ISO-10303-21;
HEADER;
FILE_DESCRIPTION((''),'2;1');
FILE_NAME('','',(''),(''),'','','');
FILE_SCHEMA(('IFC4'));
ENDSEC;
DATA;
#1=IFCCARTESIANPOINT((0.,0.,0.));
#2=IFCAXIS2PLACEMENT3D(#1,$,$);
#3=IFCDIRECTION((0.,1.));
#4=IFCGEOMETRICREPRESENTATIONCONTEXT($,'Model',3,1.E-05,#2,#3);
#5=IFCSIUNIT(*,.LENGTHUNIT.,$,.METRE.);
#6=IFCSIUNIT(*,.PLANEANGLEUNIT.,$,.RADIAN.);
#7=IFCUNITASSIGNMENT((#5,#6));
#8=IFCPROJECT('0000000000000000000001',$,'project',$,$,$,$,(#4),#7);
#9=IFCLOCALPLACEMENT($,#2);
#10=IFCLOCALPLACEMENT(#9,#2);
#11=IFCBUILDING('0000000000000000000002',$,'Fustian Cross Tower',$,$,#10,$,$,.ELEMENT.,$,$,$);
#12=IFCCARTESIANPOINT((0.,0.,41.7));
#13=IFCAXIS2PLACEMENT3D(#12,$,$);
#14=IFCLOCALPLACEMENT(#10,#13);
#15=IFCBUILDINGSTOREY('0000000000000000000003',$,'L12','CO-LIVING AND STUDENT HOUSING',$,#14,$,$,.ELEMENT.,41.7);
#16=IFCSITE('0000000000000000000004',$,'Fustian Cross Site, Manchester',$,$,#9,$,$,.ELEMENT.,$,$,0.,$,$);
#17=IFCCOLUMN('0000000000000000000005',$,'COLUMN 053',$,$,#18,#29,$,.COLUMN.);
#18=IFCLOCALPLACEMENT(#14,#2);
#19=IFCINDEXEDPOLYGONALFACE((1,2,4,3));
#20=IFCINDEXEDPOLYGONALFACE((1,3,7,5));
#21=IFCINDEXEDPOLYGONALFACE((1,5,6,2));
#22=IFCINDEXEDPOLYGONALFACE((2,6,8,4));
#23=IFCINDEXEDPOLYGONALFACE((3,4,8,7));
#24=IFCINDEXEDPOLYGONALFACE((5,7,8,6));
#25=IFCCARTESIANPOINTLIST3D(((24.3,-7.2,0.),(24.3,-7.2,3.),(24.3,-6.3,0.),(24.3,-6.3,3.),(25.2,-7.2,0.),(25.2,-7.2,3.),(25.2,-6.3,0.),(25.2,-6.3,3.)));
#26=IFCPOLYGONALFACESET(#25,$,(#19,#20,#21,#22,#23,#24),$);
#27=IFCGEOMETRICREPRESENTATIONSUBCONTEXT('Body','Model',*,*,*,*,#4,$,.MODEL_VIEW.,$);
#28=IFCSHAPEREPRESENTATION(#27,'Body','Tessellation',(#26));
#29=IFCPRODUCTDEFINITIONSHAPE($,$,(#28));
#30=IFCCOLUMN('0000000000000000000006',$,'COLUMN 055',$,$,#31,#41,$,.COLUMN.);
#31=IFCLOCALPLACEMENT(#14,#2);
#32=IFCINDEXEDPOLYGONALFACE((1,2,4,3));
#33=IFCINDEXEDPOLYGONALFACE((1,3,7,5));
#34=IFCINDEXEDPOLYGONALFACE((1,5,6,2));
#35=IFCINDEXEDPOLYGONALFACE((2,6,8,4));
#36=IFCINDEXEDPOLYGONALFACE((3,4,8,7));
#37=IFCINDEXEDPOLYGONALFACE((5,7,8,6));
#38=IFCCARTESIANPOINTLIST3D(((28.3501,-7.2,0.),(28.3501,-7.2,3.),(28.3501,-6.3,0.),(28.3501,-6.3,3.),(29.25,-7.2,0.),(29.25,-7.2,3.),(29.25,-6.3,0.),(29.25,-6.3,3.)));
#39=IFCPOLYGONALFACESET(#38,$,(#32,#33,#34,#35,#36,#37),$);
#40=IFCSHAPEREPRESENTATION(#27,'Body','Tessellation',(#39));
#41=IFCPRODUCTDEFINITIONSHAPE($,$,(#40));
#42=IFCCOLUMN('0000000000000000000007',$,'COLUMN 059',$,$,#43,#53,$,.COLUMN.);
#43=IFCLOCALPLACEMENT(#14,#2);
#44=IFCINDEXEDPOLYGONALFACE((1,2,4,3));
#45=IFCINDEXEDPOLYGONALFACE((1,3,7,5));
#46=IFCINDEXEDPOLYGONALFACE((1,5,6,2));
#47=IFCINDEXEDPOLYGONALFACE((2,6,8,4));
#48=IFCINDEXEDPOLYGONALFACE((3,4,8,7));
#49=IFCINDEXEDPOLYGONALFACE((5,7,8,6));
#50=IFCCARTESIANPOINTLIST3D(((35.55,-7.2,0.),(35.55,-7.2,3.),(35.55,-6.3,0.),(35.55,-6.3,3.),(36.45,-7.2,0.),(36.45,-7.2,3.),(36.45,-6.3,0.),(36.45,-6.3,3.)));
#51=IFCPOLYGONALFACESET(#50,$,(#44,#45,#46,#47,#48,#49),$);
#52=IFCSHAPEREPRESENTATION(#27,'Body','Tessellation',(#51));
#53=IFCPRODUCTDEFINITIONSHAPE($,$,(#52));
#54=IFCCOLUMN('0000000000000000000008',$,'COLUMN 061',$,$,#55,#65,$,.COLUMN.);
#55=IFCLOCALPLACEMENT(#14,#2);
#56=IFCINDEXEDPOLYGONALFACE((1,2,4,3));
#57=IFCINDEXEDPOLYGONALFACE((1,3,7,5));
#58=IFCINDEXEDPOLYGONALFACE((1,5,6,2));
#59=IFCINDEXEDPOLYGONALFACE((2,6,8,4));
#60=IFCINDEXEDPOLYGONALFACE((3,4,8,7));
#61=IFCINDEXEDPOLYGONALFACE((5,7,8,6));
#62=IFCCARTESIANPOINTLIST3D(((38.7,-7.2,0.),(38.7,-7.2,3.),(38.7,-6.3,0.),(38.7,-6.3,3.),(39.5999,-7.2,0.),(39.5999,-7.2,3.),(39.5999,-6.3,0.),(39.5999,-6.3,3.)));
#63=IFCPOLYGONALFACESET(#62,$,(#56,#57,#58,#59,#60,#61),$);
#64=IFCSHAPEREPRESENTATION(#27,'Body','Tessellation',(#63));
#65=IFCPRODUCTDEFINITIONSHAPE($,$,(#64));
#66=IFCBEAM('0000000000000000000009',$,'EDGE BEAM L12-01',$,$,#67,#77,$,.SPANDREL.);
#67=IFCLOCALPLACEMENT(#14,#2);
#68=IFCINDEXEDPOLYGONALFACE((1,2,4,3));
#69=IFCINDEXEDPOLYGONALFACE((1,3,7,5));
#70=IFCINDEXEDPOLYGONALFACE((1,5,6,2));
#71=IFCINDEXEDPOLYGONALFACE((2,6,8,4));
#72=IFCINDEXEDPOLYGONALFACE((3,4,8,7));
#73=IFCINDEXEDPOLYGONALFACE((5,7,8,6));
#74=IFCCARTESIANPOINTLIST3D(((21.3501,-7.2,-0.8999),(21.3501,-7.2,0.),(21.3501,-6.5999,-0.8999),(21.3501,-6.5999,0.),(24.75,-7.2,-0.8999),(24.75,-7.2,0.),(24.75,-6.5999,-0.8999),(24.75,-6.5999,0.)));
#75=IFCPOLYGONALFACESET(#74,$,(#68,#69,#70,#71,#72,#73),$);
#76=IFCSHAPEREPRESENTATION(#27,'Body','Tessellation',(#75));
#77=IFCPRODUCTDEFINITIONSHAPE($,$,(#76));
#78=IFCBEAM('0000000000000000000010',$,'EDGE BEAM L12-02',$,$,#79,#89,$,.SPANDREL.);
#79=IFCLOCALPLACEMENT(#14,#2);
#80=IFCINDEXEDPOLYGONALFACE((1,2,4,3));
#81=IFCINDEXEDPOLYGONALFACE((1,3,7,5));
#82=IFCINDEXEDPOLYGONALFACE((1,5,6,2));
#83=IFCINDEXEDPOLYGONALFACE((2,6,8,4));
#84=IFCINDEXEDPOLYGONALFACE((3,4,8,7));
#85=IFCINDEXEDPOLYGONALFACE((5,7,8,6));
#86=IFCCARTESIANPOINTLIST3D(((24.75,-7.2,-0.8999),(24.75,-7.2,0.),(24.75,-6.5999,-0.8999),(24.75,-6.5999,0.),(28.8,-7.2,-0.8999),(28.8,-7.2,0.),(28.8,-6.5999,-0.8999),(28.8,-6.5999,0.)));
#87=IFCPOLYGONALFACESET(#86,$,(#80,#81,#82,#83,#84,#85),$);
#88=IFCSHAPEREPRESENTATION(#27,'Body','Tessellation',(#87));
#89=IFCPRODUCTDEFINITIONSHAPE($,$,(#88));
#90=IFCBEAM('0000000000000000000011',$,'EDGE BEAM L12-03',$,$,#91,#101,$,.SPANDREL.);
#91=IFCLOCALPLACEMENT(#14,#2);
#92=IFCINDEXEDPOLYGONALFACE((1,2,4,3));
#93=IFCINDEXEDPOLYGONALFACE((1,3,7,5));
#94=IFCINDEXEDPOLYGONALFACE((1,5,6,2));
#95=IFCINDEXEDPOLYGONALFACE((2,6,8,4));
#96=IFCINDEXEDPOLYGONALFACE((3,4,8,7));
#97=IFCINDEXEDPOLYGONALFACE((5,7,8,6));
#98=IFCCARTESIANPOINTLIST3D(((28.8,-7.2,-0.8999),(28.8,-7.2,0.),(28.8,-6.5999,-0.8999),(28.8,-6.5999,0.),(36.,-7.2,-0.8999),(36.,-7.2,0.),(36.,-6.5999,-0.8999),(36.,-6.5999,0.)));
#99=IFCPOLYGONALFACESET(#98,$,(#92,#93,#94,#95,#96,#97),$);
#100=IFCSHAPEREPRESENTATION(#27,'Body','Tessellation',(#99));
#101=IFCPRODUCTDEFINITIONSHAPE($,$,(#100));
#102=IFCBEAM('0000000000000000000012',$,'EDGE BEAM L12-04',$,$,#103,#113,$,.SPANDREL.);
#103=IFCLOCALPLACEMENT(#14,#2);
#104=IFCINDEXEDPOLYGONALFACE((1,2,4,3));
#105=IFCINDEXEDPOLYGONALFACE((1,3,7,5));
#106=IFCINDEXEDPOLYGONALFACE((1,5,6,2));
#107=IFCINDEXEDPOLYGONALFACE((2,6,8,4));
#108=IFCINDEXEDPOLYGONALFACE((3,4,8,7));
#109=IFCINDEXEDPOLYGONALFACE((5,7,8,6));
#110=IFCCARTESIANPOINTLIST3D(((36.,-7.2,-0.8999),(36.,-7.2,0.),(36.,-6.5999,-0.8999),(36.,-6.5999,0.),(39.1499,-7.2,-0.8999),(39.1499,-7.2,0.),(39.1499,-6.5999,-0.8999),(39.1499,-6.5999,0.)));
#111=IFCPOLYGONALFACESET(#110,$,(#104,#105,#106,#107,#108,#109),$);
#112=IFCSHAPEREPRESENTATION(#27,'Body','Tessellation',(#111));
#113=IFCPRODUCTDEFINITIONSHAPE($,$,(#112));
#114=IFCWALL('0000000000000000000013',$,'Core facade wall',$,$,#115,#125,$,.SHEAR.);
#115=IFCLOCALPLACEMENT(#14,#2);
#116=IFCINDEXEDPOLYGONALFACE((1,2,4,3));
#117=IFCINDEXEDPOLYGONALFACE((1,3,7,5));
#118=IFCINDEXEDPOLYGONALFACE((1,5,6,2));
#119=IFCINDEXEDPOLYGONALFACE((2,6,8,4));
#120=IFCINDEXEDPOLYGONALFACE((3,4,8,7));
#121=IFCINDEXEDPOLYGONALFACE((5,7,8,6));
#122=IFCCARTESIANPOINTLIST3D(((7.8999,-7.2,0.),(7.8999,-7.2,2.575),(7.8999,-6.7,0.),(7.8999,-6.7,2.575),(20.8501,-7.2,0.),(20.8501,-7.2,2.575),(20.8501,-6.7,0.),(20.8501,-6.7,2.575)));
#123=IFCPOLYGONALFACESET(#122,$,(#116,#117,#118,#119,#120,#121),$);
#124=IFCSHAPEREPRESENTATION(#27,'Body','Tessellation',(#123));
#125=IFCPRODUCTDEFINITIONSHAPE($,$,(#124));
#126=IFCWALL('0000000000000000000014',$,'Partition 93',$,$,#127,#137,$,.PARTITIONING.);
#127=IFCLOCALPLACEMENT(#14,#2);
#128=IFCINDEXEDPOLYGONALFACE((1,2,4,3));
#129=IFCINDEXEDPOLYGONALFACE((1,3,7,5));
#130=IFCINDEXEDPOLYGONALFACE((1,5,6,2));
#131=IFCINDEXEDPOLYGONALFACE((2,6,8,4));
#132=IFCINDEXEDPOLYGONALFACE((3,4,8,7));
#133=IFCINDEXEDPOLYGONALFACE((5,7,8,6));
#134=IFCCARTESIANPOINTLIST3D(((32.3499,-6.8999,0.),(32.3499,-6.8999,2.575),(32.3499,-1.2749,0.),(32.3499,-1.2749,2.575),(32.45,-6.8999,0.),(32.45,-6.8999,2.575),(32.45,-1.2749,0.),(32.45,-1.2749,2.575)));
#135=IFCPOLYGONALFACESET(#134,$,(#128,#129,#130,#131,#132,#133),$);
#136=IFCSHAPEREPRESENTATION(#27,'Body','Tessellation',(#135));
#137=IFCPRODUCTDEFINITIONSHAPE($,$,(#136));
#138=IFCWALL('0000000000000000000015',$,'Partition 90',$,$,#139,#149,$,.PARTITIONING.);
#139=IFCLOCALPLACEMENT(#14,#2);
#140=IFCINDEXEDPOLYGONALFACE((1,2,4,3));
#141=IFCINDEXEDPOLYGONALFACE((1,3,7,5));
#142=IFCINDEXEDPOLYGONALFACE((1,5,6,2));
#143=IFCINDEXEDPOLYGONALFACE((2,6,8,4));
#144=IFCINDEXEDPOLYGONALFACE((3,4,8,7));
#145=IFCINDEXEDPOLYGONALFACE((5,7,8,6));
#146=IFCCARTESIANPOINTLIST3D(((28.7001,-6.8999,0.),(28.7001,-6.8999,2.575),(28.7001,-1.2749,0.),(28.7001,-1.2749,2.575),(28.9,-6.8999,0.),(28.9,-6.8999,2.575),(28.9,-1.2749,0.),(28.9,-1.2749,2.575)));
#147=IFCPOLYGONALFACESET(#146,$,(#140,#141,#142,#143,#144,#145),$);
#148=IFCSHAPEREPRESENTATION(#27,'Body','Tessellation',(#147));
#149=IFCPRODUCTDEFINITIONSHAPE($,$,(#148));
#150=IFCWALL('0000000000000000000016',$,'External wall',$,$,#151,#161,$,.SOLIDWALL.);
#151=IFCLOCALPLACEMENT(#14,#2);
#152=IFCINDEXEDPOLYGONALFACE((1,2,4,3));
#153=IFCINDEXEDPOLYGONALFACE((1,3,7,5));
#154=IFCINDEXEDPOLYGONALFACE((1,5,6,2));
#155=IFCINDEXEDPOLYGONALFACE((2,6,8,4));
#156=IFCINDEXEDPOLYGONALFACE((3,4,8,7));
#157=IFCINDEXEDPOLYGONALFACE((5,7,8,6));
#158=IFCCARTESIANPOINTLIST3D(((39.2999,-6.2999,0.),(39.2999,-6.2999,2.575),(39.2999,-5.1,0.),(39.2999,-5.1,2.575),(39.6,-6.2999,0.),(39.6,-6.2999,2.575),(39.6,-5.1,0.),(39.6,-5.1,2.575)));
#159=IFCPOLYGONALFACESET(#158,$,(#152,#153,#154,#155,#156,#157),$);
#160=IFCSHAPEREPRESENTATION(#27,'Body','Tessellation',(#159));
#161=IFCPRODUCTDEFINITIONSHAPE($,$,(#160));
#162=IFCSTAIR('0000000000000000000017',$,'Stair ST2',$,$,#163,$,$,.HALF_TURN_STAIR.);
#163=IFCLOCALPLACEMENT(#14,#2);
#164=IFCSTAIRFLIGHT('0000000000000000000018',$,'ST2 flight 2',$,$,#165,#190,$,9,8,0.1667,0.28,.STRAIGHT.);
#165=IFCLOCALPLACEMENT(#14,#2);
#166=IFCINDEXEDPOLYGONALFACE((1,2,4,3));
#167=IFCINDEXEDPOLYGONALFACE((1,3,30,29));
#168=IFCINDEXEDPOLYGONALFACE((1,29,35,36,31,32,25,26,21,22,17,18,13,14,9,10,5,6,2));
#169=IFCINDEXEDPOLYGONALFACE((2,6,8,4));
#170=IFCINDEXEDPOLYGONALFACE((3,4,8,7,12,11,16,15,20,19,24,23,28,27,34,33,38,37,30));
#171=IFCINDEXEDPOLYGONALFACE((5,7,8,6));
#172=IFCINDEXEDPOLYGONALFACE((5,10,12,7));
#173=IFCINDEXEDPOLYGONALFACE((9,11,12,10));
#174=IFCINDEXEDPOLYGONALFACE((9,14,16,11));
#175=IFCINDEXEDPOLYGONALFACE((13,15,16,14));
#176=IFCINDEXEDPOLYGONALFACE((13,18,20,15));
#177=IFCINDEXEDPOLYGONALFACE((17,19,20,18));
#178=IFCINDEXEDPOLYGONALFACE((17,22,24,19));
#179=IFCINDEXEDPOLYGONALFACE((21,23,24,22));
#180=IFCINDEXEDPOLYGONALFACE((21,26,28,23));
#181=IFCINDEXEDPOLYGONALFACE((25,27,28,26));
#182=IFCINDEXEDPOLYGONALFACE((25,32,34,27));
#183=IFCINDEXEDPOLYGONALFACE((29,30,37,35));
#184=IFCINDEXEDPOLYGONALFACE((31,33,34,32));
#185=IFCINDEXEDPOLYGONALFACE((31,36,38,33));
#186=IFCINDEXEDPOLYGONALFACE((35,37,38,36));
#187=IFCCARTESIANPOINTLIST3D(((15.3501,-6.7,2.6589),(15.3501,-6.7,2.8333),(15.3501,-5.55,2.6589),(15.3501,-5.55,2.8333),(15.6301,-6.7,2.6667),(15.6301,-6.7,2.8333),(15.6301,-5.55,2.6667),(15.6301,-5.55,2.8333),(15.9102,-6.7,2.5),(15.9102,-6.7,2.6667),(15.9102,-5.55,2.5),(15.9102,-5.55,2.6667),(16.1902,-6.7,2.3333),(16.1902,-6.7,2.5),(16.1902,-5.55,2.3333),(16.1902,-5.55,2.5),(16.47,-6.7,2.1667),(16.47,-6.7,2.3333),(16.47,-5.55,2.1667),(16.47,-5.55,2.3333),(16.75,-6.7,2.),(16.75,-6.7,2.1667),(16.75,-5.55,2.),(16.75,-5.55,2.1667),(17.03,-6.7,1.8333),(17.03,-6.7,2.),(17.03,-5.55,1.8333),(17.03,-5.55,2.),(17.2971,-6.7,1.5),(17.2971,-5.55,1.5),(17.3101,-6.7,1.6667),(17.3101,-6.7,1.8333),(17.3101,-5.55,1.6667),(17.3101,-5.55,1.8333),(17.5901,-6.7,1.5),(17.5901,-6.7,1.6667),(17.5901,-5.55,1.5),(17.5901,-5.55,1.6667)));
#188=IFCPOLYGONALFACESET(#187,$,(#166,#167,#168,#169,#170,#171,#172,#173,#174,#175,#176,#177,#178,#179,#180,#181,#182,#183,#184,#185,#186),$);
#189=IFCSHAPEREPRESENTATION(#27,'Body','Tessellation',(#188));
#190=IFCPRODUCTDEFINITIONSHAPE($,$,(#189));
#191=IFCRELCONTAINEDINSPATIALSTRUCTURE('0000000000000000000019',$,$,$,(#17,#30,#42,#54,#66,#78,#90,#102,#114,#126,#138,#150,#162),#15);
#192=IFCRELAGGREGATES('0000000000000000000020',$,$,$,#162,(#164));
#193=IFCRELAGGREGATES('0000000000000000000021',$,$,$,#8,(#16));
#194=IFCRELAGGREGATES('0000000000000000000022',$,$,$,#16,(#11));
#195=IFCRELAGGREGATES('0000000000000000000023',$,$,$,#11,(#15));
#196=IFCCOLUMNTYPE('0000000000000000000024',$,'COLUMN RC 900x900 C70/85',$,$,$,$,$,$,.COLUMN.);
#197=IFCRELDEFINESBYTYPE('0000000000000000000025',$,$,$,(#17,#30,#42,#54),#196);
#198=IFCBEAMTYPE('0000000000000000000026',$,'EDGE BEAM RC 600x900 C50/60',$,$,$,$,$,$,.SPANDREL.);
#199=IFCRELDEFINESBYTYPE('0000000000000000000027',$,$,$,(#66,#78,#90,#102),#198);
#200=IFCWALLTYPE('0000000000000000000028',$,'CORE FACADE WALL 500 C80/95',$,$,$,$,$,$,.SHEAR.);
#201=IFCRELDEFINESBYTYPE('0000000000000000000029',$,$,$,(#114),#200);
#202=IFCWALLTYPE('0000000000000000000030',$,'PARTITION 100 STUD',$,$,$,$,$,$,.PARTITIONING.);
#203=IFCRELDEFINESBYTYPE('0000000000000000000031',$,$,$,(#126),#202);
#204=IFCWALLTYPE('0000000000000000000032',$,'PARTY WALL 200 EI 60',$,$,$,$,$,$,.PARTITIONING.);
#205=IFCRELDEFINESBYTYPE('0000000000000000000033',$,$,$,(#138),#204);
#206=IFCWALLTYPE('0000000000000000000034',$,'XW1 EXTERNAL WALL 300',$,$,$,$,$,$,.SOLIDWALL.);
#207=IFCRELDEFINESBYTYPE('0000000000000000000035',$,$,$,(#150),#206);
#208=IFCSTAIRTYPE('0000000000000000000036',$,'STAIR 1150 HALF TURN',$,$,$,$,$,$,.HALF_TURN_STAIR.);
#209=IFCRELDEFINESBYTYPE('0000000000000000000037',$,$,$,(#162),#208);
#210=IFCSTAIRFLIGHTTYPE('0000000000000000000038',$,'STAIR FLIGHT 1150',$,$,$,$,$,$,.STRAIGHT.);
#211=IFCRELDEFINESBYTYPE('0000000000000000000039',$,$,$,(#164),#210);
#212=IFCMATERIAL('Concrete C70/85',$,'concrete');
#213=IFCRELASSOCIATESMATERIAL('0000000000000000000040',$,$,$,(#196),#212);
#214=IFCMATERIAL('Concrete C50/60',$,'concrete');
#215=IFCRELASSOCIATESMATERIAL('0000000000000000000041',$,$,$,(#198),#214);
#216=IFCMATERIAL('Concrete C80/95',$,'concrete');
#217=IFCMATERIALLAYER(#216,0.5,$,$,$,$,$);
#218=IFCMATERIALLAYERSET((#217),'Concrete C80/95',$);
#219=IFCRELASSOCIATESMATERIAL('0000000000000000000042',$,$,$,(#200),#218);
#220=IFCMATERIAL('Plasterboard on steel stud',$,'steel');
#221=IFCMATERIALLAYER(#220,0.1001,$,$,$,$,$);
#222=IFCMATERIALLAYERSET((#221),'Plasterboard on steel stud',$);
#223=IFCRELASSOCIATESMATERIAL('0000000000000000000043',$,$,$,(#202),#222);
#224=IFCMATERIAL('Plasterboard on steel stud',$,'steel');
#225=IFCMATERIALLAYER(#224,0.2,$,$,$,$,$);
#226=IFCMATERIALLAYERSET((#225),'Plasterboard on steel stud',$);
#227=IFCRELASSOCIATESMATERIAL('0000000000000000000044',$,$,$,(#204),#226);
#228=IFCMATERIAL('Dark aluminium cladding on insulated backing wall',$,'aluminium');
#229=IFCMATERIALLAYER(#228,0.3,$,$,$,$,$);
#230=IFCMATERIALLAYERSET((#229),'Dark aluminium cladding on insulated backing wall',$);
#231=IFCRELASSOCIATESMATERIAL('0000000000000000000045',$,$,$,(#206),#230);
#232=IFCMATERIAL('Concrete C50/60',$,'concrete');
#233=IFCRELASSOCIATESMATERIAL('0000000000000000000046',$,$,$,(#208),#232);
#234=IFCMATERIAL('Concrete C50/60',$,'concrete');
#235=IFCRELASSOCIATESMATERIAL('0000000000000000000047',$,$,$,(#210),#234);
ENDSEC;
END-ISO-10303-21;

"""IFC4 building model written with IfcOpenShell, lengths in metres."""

from ifc_helpers import new_model, si_unit, direction, frame, frame_2d, origin, origin_2d, place, context, subcontext, project, spatial, polyline, rectangle, outline, extrude, material, layer, layer_set, material_profile, profile_set, type_object, element, aggregate, save


model = new_model("IFC4")

# Units and contexts
model_context = context("Model", 3, precision=1e-05, world=origin(), true_north=direction((0.0, 1.0)))
body_context = subcontext(model_context, "Body", "Model", "MODEL_VIEW")
ifc_project = project(units=[si_unit("LENGTHUNIT", "METRE"), si_unit("PLANEANGLEUNIT", "RADIAN")], contexts=[model_context])

# Site, building, storey
site_placement = place(None, origin())
site = spatial("IfcSite", under=ifc_project, at=site_placement, Name="Fustian Cross Site, Manchester", CompositionType="ELEMENT", RefElevation=0.0)
building_placement = place(site_placement, origin())
building = spatial("IfcBuilding", under=site, at=building_placement, Name="Fustian Cross Tower", CompositionType="ELEMENT")
storey_placement = place(building_placement, frame((0.0, 0.0, 41.7)))
storey = spatial("IfcBuildingStorey", under=building, at=storey_placement, Name="L12", Description="CO-LIVING AND STUDENT HOUSING", CompositionType="ELEMENT", Elevation=41.7)

# Columns
ifc_material_1 = material(Name="Concrete C70/85", Category="concrete")
ifc_material_profile_1 = material_profile(ifc_material_1, rectangle(XDim=0.8999, YDim=0.8999, at=origin_2d()), Name="RC 900x900")
ifc_profile_set_1 = profile_set([ifc_material_profile_1], Name="Concrete C70/85")
column_type = type_object("IfcColumnType", Name="COLUMN RC 900x900 C70/85", PredefinedType="COLUMN", material=ifc_profile_set_1)
for number, where, z_axis, x_axis, name in (
    (1, (24.75, -6.75, 0.0), (0.0, 0.0, 1.0), (1.0, 0.0, 0.0), "COLUMN 053"),
    (2, (28.8, -6.75, 0.0), (0.0, 0.0, 1.0), (1.0, 0.0, 0.0), "COLUMN 055"),
    (3, (36.0, -6.75, 0.0), (0.0, 0.0, 1.0), (1.0, 0.0, 0.0), "COLUMN 059"),
    (4, (39.1499, -6.75, 0.0), (0.0, 0.0, 1.0), (1.0, 0.0, 0.0), "COLUMN 061"),
):
    element("IfcColumn", number, at=place(storey_placement, frame(where, z_axis=z_axis, x_axis=x_axis)), inside=storey, type_object=column_type, Name=name, PredefinedType="COLUMN", context=body_context, shape_type="SweptSolid", body=[
        extrude(rectangle(XDim=0.8999, YDim=0.8999, at=origin_2d()), origin(), (0.0, 0.0, 1.0), 3.0),
    ])

# Beams
ifc_material_2 = material(Name="Concrete C50/60", Category="concrete")
ifc_material_profile_2 = material_profile(ifc_material_2, rectangle(XDim=0.6001, YDim=0.8999, at=origin_2d()), Name="RC 600x900")
ifc_profile_set_2 = profile_set([ifc_material_profile_2], Name="Concrete C50/60")
beam_type = type_object("IfcBeamType", Name="EDGE BEAM RC 600x900 C50/60", PredefinedType="SPANDREL", material=ifc_profile_set_2)
beam_1_placement = place(storey_placement, frame((21.3501, -6.8999, -0.45), z_axis=(1.0, 0.0, 0.0), x_axis=(0.0, 1.0, 0.0)))
element("IfcBeam", 5, at=beam_1_placement, inside=storey, type_object=beam_type, Name="EDGE BEAM L12-01", PredefinedType="SPANDREL", context=body_context, shape_type="SweptSolid", body=[
    extrude(rectangle(XDim=0.6001, YDim=0.8999, at=origin_2d()), origin(), (0.0, 0.0, 1.0), 3.3999),
])
beam_2_placement = place(storey_placement, frame((24.75, -6.8999, -0.45), z_axis=(1.0, 0.0, 0.0), x_axis=(0.0, 1.0, 0.0)))
element("IfcBeam", 6, at=beam_2_placement, inside=storey, type_object=beam_type, Name="EDGE BEAM L12-02", PredefinedType="SPANDREL", context=body_context, shape_type="SweptSolid", body=[
    extrude(rectangle(XDim=0.6001, YDim=0.8999, at=origin_2d()), origin(), (0.0, 0.0, 1.0), 4.05),
])
beam_3_placement = place(storey_placement, frame((28.8, -6.8999, -0.45), z_axis=(1.0, 0.0, 0.0), x_axis=(0.0, 1.0, 0.0)))
element("IfcBeam", 7, at=beam_3_placement, inside=storey, type_object=beam_type, Name="EDGE BEAM L12-03", PredefinedType="SPANDREL", context=body_context, shape_type="SweptSolid", body=[
    extrude(rectangle(XDim=0.6001, YDim=0.8999, at=origin_2d()), origin(), (0.0, 0.0, 1.0), 7.2),
])
beam_4_placement = place(storey_placement, frame((36.0, -6.8999, -0.45), z_axis=(1.0, 0.0, 0.0), x_axis=(0.0, 1.0, 0.0)))
element("IfcBeam", 8, at=beam_4_placement, inside=storey, type_object=beam_type, Name="EDGE BEAM L12-04", PredefinedType="SPANDREL", context=body_context, shape_type="SweptSolid", body=[
    extrude(rectangle(XDim=0.6001, YDim=0.8999, at=origin_2d()), origin(), (0.0, 0.0, 1.0), 3.1499),
])

# Walls
ifc_material_3 = material(Name="Concrete C80/95", Category="concrete")
ifc_layer_1 = layer(ifc_material_3, 0.5)
ifc_layer_set_1 = layer_set([ifc_layer_1], Name="Concrete C80/95")
wall_type_1 = type_object("IfcWallType", Name="CORE FACADE WALL 500 C80/95", PredefinedType="SHEAR", material=ifc_layer_set_1)
wall_1_placement = place(storey_placement, frame((7.8999, -6.95, 0.0), z_axis=(0.0, 0.0, 1.0), x_axis=(1.0, 0.0, 0.0)))
element("IfcWall", 9, at=wall_1_placement, inside=storey, type_object=wall_type_1, Name="Core facade wall", PredefinedType="SHEAR", context=body_context, shape_type="SweptSolid", body=[
    extrude(rectangle(XDim=12.9502, YDim=0.5, at=frame_2d((6.4751, 0.0))), origin(), (0.0, 0.0, 1.0), 2.575),
])
ifc_material_4 = material(Name="Plasterboard on steel stud", Category="steel")
ifc_layer_2 = layer(ifc_material_4, 0.1001)
ifc_layer_set_2 = layer_set([ifc_layer_2], Name="Plasterboard on steel stud")
wall_type_2 = type_object("IfcWallType", Name="PARTITION 100 STUD", PredefinedType="PARTITIONING", material=ifc_layer_set_2)
wall_2_placement = place(storey_placement, frame((32.3999, -6.8999, 0.0), z_axis=(0.0, 0.0, 1.0), x_axis=(0.0, 1.0, 0.0)))
element("IfcWall", 10, at=wall_2_placement, inside=storey, type_object=wall_type_2, Name="Partition 93", PredefinedType="PARTITIONING", context=body_context, shape_type="SweptSolid", body=[
    extrude(rectangle(XDim=5.625, YDim=0.1001, at=frame_2d((2.8125, 0.0))), origin(), (0.0, 0.0, 1.0), 2.575),
])
ifc_material_5 = material(Name="Plasterboard on steel stud", Category="steel")
ifc_layer_3 = layer(ifc_material_5, 0.2)
ifc_layer_set_3 = layer_set([ifc_layer_3], Name="Plasterboard on steel stud")
wall_type_3 = type_object("IfcWallType", Name="PARTY WALL 200 EI 60", PredefinedType="PARTITIONING", material=ifc_layer_set_3)
wall_3_placement = place(storey_placement, frame((28.8, -6.8999, 0.0), z_axis=(0.0, 0.0, 1.0), x_axis=(0.0, 1.0, 0.0)))
element("IfcWall", 11, at=wall_3_placement, inside=storey, type_object=wall_type_3, Name="Partition 90", PredefinedType="PARTITIONING", context=body_context, shape_type="SweptSolid", body=[
    extrude(rectangle(XDim=5.625, YDim=0.2, at=frame_2d((2.8125, 0.0))), origin(), (0.0, 0.0, 1.0), 2.575),
])
ifc_material_6 = material(Name="Dark aluminium cladding on insulated backing wall", Category="aluminium")
ifc_layer_4 = layer(ifc_material_6, 0.3)
ifc_layer_set_4 = layer_set([ifc_layer_4], Name="Dark aluminium cladding on insulated backing wall")
wall_type_4 = type_object("IfcWallType", Name="XW1 EXTERNAL WALL 300", PredefinedType="SOLIDWALL", material=ifc_layer_set_4)
wall_4_placement = place(storey_placement, frame((39.45, -6.3, 0.0), z_axis=(0.0, 0.0, 1.0), x_axis=(0.0, 1.0, 0.0)))
element("IfcWall", 12, at=wall_4_placement, inside=storey, type_object=wall_type_4, Name="External wall", PredefinedType="SOLIDWALL", context=body_context, shape_type="SweptSolid", body=[
    extrude(rectangle(XDim=1.2, YDim=0.3, at=frame_2d((0.6001, 0.0))), origin(), (0.0, 0.0, 1.0), 2.575),
])

# Stair, stair flight
ifc_material_7 = material(Name="Concrete C50/60", Category="concrete")
stair_type = type_object("IfcStairType", Name="STAIR 1150 HALF TURN", PredefinedType="HALF_TURN_STAIR", material=ifc_material_7)
stair_placement = place(storey_placement, origin())
stair = element("IfcStair", 13, at=stair_placement, inside=storey, type_object=stair_type, Name="Stair ST2", PredefinedType="HALF_TURN_STAIR")
ifc_material_8 = material(Name="Concrete C50/60", Category="concrete")
stair_flight_type = type_object("IfcStairFlightType", Name="STAIR FLIGHT 1150", PredefinedType="STRAIGHT", material=ifc_material_8)
stair_flight_placement = place(storey_placement, frame((17.5901, -6.125, 1.5), z_axis=(0.0, 0.0, 1.0), x_axis=(-1.0, 0.0, 0.0)))
stair_flight = element("IfcStairFlight", 14, at=stair_flight_placement, type_object=stair_flight_type, Name="ST2 flight 2", NumberOfRisers=9, NumberOfTreads=8, PredefinedType="STRAIGHT", RiserHeight=0.1667, TreadLength=0.28, context=body_context, shape_type="SweptSolid", body=[
    extrude(outline(polyline([(0.0, 0.0), (0.0, 0.1667), (0.28, 0.1667), (0.28, 0.3333), (0.5601, 0.3333), (0.5601, 0.5), (0.8401, 0.5), (0.8401, 0.6667), (1.1201, 0.6667), (1.1201, 0.8333), (1.3999, 0.8333), (1.3999, 1.0), (1.6799, 1.0), (1.6799, 1.1667), (1.96, 1.1667), (1.96, 1.3333), (2.24, 1.3333), (2.24, 1.5), (2.24, 1.1589), (0.293, 0.0), (0.0, 0.0)])), frame((0.0, 0.575, 0.0), z_axis=(0.0, -1.0, 0.0), x_axis=(1.0, 0.0, 0.0)), (0.0, 0.0, 1.0), 1.1499),
])
aggregate(stair, [stair_flight])

save(model, "model.ifc")
